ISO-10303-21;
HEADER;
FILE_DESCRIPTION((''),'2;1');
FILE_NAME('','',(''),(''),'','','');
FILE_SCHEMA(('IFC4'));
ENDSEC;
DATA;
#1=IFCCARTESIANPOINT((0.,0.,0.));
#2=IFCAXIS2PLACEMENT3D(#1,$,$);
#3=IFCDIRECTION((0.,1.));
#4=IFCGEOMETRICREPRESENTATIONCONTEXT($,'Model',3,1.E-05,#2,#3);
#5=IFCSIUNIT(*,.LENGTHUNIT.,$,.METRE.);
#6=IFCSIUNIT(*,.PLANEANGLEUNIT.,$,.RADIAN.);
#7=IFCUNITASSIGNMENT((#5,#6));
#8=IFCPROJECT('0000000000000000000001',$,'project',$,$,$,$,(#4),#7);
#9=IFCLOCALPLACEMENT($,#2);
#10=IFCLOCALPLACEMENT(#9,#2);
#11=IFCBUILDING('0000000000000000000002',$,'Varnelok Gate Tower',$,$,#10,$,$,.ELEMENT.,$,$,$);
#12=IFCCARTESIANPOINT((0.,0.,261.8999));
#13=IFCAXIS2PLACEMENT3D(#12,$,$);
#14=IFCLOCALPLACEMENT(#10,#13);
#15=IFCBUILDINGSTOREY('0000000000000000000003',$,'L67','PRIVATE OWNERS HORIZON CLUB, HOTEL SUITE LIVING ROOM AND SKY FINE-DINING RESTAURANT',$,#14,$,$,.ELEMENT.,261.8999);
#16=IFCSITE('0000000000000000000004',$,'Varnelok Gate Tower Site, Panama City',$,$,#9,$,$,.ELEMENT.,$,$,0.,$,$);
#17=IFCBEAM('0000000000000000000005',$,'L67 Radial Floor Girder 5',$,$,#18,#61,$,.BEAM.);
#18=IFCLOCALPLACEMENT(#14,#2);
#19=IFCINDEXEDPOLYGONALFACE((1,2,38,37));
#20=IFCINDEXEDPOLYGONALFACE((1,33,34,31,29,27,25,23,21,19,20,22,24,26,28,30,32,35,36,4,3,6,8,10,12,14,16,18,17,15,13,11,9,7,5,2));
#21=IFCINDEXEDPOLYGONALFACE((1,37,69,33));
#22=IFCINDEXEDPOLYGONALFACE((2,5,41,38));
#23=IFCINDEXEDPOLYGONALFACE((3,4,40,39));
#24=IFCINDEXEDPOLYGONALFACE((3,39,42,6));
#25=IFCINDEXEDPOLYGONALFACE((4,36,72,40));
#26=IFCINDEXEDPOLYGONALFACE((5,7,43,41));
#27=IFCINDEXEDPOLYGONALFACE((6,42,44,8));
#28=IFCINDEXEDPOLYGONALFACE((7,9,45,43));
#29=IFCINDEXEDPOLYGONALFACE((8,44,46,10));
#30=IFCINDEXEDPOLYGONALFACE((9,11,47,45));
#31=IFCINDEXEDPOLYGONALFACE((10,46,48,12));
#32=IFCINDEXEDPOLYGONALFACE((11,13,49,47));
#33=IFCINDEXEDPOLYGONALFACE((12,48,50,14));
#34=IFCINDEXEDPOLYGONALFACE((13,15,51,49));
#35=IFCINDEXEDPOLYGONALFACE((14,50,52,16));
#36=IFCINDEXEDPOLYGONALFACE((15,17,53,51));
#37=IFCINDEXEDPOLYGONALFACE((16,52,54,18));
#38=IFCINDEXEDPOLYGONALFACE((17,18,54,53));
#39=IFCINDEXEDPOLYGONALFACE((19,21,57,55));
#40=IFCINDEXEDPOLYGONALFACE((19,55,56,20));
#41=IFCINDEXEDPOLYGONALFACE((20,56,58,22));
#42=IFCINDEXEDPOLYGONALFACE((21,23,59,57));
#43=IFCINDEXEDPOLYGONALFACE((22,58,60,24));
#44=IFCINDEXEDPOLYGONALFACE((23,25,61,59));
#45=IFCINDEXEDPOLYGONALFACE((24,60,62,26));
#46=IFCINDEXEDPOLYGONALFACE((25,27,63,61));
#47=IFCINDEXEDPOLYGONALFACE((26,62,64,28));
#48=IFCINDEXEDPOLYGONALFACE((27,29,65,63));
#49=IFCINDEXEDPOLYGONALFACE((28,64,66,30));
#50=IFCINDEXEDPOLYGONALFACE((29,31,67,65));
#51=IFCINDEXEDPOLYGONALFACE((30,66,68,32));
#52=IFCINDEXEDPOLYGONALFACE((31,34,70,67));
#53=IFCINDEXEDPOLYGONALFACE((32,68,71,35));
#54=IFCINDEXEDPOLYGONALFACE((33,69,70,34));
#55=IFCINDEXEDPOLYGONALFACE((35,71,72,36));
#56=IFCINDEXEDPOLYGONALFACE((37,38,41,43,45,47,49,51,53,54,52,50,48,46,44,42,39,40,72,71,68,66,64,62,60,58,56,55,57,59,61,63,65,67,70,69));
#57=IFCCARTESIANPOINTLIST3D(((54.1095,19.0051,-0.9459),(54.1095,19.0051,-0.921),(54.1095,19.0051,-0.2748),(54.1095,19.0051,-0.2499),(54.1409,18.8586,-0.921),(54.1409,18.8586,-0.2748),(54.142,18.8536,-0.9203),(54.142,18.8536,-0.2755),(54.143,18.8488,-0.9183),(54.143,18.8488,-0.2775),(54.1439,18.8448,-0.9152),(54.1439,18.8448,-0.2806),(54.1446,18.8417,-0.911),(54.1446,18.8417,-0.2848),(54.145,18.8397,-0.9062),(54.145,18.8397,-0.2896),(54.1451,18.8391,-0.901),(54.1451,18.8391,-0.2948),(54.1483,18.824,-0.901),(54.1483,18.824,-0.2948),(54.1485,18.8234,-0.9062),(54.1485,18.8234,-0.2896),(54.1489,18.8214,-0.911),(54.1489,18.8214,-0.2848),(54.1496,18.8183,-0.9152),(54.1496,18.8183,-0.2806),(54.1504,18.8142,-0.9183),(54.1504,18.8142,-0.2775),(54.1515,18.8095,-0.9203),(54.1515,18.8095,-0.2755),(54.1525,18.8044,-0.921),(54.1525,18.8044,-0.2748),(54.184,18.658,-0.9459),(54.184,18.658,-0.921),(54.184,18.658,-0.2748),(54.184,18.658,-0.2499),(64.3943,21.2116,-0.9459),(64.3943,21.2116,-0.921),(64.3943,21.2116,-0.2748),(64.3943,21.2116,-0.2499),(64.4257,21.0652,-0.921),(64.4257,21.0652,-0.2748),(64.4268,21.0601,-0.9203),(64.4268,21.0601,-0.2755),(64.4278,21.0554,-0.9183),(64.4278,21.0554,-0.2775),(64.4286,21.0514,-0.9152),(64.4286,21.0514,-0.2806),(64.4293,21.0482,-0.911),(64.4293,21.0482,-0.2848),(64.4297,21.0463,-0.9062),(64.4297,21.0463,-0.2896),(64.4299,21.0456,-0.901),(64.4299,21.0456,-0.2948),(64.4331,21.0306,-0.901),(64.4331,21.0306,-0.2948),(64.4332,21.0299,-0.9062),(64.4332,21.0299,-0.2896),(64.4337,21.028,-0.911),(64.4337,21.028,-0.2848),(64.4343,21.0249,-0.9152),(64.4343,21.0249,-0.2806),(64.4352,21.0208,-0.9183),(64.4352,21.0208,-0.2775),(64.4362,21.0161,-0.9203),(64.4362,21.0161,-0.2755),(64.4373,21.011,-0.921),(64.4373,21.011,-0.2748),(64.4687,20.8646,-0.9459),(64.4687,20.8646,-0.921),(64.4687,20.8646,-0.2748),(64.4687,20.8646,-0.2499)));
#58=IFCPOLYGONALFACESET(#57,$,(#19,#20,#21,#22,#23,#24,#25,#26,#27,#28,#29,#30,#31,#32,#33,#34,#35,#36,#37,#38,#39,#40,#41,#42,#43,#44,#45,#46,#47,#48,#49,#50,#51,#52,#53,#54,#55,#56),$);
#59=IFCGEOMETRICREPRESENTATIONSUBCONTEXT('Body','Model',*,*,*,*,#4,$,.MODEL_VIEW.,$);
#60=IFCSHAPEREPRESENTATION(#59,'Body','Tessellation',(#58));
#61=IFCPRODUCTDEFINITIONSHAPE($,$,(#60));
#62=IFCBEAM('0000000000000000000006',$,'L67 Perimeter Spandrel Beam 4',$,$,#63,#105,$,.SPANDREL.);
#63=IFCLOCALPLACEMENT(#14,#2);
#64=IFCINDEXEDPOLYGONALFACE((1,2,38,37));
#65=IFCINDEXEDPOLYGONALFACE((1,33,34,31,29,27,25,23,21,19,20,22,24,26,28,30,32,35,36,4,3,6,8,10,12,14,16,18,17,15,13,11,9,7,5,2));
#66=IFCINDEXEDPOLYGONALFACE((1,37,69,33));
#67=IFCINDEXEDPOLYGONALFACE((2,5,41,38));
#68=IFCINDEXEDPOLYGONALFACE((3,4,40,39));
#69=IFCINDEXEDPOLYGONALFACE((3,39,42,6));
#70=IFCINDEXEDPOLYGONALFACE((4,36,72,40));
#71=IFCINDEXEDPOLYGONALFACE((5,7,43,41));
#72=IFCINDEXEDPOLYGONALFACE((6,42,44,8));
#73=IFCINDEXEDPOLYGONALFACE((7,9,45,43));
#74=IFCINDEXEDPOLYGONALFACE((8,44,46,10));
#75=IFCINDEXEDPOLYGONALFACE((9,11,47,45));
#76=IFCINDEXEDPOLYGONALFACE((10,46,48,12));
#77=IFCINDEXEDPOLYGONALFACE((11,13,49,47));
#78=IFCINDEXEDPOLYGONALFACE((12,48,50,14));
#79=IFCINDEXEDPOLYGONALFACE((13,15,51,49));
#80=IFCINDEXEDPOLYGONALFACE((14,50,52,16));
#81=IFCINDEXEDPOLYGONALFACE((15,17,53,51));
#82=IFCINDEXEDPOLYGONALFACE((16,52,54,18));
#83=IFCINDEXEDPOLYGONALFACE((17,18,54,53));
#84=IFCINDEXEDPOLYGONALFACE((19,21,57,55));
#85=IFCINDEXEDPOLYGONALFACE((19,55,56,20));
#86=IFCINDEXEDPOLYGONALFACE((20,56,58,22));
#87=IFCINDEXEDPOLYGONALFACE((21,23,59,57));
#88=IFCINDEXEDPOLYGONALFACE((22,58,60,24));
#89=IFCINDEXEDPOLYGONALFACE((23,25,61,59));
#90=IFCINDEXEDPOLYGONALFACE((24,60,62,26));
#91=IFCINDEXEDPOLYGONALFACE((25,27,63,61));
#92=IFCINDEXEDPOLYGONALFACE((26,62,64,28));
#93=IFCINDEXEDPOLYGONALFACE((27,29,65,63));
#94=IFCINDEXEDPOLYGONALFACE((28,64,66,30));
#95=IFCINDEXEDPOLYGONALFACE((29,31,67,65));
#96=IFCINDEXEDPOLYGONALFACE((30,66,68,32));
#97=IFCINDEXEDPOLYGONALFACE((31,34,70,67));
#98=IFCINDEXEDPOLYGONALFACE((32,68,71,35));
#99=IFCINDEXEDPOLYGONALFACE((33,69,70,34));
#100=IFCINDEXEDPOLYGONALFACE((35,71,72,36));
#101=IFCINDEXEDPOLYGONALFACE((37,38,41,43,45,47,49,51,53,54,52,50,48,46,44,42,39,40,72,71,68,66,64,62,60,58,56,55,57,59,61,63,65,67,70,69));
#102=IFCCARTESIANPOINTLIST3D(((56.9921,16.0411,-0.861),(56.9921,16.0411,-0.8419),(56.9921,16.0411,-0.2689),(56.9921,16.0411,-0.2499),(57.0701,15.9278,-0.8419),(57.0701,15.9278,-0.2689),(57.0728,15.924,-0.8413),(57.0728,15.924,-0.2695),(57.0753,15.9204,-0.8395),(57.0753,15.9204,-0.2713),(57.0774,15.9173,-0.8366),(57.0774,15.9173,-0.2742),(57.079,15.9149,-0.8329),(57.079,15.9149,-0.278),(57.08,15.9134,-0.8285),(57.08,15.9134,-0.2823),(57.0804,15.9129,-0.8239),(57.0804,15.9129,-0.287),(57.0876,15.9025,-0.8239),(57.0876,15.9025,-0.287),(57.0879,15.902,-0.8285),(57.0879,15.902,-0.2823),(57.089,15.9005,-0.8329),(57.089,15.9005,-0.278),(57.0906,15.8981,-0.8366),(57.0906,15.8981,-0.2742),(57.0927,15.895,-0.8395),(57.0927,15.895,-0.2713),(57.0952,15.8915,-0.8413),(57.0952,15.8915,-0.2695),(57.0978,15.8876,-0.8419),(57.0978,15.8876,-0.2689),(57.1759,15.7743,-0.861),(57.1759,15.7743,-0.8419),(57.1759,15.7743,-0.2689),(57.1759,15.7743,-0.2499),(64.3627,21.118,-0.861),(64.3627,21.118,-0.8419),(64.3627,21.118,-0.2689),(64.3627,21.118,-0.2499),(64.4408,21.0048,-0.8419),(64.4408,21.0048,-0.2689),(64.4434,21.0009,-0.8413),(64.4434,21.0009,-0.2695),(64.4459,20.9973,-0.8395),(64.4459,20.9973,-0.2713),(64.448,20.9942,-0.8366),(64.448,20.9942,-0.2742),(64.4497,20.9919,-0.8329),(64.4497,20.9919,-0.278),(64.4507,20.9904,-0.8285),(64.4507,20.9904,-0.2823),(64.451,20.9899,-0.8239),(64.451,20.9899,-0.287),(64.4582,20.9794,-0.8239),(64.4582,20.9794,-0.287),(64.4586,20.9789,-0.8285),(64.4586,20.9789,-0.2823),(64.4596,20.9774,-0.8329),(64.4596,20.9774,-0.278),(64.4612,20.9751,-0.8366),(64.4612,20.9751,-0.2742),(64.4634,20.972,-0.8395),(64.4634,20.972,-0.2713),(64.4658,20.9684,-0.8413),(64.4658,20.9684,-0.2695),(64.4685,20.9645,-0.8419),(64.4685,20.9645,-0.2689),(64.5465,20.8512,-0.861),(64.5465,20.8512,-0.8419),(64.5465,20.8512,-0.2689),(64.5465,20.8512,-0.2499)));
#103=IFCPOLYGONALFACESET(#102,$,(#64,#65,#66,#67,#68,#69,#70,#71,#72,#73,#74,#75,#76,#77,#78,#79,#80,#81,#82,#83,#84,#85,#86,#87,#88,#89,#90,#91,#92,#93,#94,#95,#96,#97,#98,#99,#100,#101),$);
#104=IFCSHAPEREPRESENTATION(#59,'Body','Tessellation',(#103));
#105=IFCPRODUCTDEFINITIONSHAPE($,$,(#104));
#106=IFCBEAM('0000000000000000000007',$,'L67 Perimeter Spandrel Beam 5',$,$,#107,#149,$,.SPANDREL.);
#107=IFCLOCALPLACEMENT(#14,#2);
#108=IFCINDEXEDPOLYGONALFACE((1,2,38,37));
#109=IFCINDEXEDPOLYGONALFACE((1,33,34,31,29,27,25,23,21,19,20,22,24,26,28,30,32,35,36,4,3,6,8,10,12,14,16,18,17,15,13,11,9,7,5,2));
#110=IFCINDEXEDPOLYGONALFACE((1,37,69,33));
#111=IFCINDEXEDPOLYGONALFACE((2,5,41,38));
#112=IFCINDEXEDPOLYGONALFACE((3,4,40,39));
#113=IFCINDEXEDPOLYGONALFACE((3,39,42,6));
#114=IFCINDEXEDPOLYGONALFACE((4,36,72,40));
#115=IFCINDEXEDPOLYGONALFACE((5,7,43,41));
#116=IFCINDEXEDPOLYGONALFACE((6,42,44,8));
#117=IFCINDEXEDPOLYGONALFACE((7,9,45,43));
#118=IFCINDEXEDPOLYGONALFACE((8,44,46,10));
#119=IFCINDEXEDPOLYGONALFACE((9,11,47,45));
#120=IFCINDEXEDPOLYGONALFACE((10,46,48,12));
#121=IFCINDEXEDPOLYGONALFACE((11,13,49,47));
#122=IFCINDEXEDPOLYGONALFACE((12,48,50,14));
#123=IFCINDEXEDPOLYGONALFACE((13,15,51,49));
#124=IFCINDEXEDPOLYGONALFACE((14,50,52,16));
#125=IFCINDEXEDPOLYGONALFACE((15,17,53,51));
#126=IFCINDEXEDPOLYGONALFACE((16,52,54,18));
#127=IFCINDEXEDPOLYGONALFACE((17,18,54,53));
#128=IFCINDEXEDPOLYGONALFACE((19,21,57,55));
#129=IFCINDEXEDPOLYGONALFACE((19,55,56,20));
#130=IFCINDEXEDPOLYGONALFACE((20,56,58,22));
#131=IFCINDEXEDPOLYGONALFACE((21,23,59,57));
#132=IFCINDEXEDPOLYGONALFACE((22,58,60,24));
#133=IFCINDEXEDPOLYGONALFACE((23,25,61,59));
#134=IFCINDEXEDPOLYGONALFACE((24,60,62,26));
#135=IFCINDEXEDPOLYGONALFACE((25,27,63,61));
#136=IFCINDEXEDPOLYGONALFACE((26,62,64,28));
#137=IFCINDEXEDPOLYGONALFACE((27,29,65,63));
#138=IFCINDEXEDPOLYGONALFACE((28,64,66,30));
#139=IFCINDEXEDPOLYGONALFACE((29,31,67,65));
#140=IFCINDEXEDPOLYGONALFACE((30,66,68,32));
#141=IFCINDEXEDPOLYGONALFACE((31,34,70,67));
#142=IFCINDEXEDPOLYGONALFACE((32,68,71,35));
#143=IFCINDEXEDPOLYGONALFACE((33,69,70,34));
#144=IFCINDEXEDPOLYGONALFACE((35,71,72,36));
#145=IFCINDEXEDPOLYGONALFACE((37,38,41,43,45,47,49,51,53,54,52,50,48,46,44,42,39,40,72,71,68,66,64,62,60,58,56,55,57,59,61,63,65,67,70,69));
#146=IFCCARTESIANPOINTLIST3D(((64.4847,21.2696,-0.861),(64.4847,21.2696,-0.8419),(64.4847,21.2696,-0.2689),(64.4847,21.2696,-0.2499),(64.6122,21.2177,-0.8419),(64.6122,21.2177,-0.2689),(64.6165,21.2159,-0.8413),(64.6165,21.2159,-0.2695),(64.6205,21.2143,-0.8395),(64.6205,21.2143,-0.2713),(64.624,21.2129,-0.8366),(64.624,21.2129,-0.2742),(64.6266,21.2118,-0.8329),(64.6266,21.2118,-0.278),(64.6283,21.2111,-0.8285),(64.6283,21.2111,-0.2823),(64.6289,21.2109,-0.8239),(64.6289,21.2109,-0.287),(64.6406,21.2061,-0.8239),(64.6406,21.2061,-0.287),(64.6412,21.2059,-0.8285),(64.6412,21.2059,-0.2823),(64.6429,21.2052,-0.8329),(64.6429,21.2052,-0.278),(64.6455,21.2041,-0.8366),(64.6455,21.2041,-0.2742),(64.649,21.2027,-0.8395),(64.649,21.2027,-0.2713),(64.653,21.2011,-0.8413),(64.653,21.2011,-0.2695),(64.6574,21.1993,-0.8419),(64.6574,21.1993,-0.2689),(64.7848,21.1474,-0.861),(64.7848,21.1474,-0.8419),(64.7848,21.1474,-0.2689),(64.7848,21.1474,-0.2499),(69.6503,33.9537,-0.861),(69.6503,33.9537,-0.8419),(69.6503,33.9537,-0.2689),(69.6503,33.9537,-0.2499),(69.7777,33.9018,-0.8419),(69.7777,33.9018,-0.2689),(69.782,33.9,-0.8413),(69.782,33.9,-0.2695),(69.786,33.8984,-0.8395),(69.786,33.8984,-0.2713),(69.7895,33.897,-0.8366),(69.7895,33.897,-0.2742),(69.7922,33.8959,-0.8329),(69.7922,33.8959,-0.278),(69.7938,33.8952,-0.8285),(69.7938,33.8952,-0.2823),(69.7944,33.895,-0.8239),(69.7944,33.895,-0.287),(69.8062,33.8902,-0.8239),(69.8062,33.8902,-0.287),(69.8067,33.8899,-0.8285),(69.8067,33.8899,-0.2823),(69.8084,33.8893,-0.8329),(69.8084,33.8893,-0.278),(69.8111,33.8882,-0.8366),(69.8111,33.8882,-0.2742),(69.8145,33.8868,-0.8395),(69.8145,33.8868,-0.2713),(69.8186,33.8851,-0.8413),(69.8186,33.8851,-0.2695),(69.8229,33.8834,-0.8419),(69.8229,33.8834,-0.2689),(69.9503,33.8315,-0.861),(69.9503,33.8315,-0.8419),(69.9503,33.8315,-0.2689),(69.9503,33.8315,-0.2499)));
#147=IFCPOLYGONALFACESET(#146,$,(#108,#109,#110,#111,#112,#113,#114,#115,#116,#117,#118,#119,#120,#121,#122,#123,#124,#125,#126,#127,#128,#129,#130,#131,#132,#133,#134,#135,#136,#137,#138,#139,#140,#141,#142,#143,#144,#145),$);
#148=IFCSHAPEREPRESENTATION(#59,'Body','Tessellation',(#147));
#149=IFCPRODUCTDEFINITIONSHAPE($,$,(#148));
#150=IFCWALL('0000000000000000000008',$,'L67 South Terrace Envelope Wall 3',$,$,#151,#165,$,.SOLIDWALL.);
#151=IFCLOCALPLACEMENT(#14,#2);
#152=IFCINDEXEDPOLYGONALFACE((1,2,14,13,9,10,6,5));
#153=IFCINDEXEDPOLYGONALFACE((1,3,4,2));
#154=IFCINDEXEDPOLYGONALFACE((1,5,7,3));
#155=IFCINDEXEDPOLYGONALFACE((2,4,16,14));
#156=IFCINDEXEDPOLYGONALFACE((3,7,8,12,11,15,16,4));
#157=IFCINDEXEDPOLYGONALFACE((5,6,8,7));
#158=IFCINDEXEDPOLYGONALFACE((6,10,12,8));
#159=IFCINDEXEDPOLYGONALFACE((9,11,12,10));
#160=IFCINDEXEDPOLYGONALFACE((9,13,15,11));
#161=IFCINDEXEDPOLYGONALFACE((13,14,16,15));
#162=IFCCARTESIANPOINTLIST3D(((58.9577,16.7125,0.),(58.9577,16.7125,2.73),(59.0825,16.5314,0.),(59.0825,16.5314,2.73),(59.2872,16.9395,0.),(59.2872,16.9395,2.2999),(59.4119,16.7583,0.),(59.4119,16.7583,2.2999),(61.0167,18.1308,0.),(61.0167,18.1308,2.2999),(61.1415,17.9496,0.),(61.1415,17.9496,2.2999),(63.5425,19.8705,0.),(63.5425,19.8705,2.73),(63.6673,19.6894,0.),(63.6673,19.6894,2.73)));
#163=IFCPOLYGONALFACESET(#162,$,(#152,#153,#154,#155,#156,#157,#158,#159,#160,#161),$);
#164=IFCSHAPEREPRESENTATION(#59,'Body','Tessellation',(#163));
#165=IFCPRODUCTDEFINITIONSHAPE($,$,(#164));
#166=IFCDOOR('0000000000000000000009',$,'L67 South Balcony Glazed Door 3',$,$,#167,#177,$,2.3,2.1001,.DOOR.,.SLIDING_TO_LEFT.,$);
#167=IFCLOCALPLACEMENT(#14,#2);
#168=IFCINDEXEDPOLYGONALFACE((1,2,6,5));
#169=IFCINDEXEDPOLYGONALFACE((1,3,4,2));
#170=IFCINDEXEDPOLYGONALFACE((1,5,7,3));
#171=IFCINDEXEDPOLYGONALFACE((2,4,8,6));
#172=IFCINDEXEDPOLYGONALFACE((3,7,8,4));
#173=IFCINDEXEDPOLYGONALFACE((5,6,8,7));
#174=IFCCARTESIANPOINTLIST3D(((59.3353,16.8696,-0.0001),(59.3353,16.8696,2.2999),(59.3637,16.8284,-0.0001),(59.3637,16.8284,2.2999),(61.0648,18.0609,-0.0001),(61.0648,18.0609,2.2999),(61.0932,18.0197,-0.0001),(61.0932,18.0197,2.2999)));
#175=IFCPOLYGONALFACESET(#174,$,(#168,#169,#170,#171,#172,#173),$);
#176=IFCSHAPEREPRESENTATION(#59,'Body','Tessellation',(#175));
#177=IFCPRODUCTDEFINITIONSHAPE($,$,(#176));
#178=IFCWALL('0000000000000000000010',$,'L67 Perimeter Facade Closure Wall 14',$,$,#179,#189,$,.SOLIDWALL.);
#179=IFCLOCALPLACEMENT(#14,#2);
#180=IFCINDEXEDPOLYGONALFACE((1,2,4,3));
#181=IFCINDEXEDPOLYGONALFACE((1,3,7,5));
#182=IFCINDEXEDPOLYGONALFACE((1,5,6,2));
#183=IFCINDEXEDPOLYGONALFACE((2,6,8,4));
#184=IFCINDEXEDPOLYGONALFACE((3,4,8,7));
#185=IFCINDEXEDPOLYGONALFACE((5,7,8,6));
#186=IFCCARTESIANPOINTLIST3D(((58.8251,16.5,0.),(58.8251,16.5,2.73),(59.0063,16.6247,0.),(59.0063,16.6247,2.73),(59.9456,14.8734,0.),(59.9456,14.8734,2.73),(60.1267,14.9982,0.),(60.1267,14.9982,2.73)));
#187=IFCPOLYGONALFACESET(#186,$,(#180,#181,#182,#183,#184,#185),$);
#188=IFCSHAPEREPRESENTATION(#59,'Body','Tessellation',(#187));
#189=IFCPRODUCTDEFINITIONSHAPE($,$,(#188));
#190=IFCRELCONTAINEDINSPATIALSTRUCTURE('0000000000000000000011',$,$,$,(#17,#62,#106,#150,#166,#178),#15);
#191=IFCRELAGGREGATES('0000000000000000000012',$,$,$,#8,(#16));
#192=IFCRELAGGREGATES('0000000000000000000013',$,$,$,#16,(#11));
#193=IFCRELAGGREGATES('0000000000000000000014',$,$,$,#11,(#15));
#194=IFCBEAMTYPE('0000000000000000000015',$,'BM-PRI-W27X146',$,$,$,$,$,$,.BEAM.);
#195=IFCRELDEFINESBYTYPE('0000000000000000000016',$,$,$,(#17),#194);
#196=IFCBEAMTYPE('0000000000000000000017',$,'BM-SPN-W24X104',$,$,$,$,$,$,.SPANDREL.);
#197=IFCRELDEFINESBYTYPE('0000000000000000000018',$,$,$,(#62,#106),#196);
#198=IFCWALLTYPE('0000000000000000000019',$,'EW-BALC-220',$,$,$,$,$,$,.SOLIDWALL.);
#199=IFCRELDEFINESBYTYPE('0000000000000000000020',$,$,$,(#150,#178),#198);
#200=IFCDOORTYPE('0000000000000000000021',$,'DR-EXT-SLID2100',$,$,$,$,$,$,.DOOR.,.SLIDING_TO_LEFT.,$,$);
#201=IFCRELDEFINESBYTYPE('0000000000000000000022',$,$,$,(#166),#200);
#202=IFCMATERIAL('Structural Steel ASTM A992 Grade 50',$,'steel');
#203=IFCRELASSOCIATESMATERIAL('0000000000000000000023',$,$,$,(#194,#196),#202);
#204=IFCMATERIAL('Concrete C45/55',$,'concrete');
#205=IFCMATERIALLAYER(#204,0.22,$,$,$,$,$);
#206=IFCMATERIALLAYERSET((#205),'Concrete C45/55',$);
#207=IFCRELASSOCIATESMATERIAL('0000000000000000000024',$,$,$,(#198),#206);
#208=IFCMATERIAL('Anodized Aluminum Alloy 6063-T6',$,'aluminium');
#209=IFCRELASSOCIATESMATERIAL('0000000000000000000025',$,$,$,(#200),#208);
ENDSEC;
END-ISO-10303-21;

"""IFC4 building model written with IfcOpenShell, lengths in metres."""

from ifc_helpers import new_model, si_unit, direction, frame, frame_2d, origin, origin_2d, place, context, subcontext, project, spatial, rectangle, i_section, extrude, material, layer, layer_set, material_profile, profile_set, type_object, element, fill, save


model = new_model("IFC4")

# Units and contexts
model_context = context("Model", 3, precision=1e-05, world=origin(), true_north=direction((0.0, 1.0)))
body_context = subcontext(model_context, "Body", "Model", "MODEL_VIEW")
ifc_project = project(units=[si_unit("LENGTHUNIT", "METRE"), si_unit("PLANEANGLEUNIT", "RADIAN")], contexts=[model_context])

# Site, building, storey
site_placement = place(None, origin())
site = spatial("IfcSite", under=ifc_project, at=site_placement, Name="Varnelok Gate Tower Site, Panama City", CompositionType="ELEMENT", RefElevation=0.0)
building_placement = place(site_placement, origin())
building = spatial("IfcBuilding", under=site, at=building_placement, Name="Varnelok Gate Tower", CompositionType="ELEMENT")
storey_placement = place(building_placement, frame((0.0, 0.0, 261.8999)))
storey = spatial("IfcBuildingStorey", under=building, at=storey_placement, Name="L67", Description="PRIVATE OWNERS HORIZON CLUB, HOTEL SUITE LIVING ROOM AND SKY FINE-DINING RESTAURANT", CompositionType="ELEMENT", Elevation=261.8999)

# Shared definitions
ifc_material_1 = material(Name="Structural Steel ASTM A992 Grade 50", Category="steel")

# Beams
ifc_material_profile_1 = material_profile(ifc_material_1, i_section(OverallWidth=0.355, OverallDepth=0.696, WebThickness=0.0154, FlangeThickness=0.0249, FilletRadius=0.02, at=origin_2d()), Name="W27X146")
ifc_profile_set_1 = profile_set([ifc_material_profile_1], Name="Structural Steel ASTM A992 Grade 50")
beam_type_1 = type_object("IfcBeamType", Name="BM-PRI-W27X146", PredefinedType="BEAM", material=ifc_profile_set_1)
beam_1_placement = place(storey_placement, frame((54.1467, 18.8315, -0.5979), z_axis=(0.97775, 0.209773, 0.0), x_axis=(-0.209773, 0.97775, 0.0)))
element("IfcBeam", 1, at=beam_1_placement, inside=storey, type_object=beam_type_1, Name="L67 Radial Floor Girder 5", PredefinedType="BEAM", context=body_context, shape_type="SweptSolid", body=[
    extrude(i_section(OverallWidth=0.355, OverallDepth=0.696, WebThickness=0.0154, FlangeThickness=0.0249, FilletRadius=0.02, at=origin_2d()), origin(), (0.0, 0.0, 1.0), 10.5188),
])
ifc_material_profile_2 = material_profile(ifc_material_1, i_section(OverallWidth=0.324, OverallDepth=0.6111, WebThickness=0.0127, FlangeThickness=0.019, FilletRadius=0.0181, at=origin_2d()), Name="W24X104")
ifc_profile_set_2 = profile_set([ifc_material_profile_2], Name="Structural Steel ASTM A992 Grade 50")
beam_type_2 = type_object("IfcBeamType", Name="BM-SPN-W24X104", PredefinedType="SPANDREL", material=ifc_profile_set_2)
beam_2_placement = place(storey_placement, frame((57.084, 15.9077, -0.5554), z_axis=(0.82354, 0.567258, 0.0), x_axis=(-0.567258, 0.82354, 0.0)))
element("IfcBeam", 2, at=beam_2_placement, inside=storey, type_object=beam_type_2, Name="L67 Perimeter Spandrel Beam 4", PredefinedType="SPANDREL", context=body_context, shape_type="SweptSolid", body=[
    extrude(i_section(OverallWidth=0.324, OverallDepth=0.6111, WebThickness=0.0127, FlangeThickness=0.019, FilletRadius=0.0181, at=origin_2d()), origin(), (0.0, 0.0, 1.0), 8.95),
])
beam_3_placement = place(storey_placement, frame((64.6348, 21.2085, -0.5554), z_axis=(0.377168, 0.926145, 0.0), x_axis=(-0.926145, 0.377168, 0.0)))
element("IfcBeam", 3, at=beam_3_placement, inside=storey, type_object=beam_type_2, Name="L67 Perimeter Spandrel Beam 5", PredefinedType="SPANDREL", context=body_context, shape_type="SweptSolid", body=[
    extrude(i_section(OverallWidth=0.324, OverallDepth=0.6111, WebThickness=0.0127, FlangeThickness=0.019, FilletRadius=0.0181, at=origin_2d()), origin(), (0.0, 0.0, 1.0), 13.6956),
])

# Wall, opening, door
ifc_material_2 = material(Name="Concrete C45/55", Category="concrete")
ifc_layer_1 = layer(ifc_material_2, 0.22)
ifc_layer_set_1 = layer_set([ifc_layer_1], Name="Concrete C45/55")
wall_type_1 = type_object("IfcWallType", Name="EW-BALC-220", PredefinedType="SOLIDWALL", material=ifc_layer_set_1)
wall_1_placement = place(storey_placement, frame((63.605, 19.78, 0.0), z_axis=(0.0, 0.0, 1.0), x_axis=(-0.823541, -0.567256, 0.0)))
wall_1 = element("IfcWall", 4, at=wall_1_placement, inside=storey, type_object=wall_type_1, Name="L67 South Terrace Envelope Wall 3", PredefinedType="SOLIDWALL", context=body_context, shape_type="SweptSolid", body=[
    extrude(rectangle(XDim=5.5671, YDim=0.22, at=frame_2d((2.7837, 0.0))), origin(), (0.0, 0.0, 1.0), 2.73),
])
opening_1_placement = place(wall_1_placement, frame((3.0671, 0.0, 0.0)))
opening_1 = element("IfcOpeningElement", 5, at=opening_1_placement, cuts=wall_1, PredefinedType="OPENING", context=body_context, shape_type="SweptSolid", body=[
    extrude(rectangle(XDim=2.1001, YDim=2.3, at=frame_2d((1.05, 1.1499))), frame((0.0, 0.1199, 0.0), z_axis=(0.0, -1.0, 0.0), x_axis=(1.0, 0.0, 0.0)), (0.0, 0.0, 1.0), 0.24),
])
ifc_material_3 = material(Name="Anodized Aluminum Alloy 6063-T6", Category="aluminium")
door_type_1 = type_object("IfcDoorType", Name="DR-EXT-SLID2100", OperationType="SLIDING_TO_LEFT", PredefinedType="DOOR", material=ifc_material_3)
door_1_placement = place(opening_1_placement, origin())
door_1 = element("IfcDoor", 6, at=door_1_placement, inside=storey, type_object=door_type_1, Name="L67 South Balcony Glazed Door 3", OperationType="SLIDING_TO_LEFT", OverallHeight=2.3, OverallWidth=2.1001, PredefinedType="DOOR", context=body_context, shape_type="SweptSolid", body=[
    extrude(rectangle(XDim=2.1001, YDim=2.3, at=frame_2d((1.05, 1.1499))), frame((0.0, 0.0249, 0.0), z_axis=(0.0, -1.0, 0.0), x_axis=(1.0, 0.0, 0.0)), (0.0, 0.0, 1.0), 0.05),
])
fill(opening_1, door_1)

# Wall
wall_2_placement = place(storey_placement, frame((60.0361, 14.9358, 0.0), z_axis=(0.0, 0.0, 1.0), x_axis=(-0.567274, 0.823529, 0.0)))
element("IfcWall", 7, at=wall_2_placement, inside=storey, type_object=wall_type_1, Name="L67 Perimeter Facade Closure Wall 14", PredefinedType="SOLIDWALL", context=body_context, shape_type="SweptSolid", body=[
    extrude(rectangle(XDim=1.9751, YDim=0.22, at=frame_2d((0.9875, 0.0))), origin(), (0.0, 0.0, 1.0), 2.73),
])

save(model, "model.ifc")
